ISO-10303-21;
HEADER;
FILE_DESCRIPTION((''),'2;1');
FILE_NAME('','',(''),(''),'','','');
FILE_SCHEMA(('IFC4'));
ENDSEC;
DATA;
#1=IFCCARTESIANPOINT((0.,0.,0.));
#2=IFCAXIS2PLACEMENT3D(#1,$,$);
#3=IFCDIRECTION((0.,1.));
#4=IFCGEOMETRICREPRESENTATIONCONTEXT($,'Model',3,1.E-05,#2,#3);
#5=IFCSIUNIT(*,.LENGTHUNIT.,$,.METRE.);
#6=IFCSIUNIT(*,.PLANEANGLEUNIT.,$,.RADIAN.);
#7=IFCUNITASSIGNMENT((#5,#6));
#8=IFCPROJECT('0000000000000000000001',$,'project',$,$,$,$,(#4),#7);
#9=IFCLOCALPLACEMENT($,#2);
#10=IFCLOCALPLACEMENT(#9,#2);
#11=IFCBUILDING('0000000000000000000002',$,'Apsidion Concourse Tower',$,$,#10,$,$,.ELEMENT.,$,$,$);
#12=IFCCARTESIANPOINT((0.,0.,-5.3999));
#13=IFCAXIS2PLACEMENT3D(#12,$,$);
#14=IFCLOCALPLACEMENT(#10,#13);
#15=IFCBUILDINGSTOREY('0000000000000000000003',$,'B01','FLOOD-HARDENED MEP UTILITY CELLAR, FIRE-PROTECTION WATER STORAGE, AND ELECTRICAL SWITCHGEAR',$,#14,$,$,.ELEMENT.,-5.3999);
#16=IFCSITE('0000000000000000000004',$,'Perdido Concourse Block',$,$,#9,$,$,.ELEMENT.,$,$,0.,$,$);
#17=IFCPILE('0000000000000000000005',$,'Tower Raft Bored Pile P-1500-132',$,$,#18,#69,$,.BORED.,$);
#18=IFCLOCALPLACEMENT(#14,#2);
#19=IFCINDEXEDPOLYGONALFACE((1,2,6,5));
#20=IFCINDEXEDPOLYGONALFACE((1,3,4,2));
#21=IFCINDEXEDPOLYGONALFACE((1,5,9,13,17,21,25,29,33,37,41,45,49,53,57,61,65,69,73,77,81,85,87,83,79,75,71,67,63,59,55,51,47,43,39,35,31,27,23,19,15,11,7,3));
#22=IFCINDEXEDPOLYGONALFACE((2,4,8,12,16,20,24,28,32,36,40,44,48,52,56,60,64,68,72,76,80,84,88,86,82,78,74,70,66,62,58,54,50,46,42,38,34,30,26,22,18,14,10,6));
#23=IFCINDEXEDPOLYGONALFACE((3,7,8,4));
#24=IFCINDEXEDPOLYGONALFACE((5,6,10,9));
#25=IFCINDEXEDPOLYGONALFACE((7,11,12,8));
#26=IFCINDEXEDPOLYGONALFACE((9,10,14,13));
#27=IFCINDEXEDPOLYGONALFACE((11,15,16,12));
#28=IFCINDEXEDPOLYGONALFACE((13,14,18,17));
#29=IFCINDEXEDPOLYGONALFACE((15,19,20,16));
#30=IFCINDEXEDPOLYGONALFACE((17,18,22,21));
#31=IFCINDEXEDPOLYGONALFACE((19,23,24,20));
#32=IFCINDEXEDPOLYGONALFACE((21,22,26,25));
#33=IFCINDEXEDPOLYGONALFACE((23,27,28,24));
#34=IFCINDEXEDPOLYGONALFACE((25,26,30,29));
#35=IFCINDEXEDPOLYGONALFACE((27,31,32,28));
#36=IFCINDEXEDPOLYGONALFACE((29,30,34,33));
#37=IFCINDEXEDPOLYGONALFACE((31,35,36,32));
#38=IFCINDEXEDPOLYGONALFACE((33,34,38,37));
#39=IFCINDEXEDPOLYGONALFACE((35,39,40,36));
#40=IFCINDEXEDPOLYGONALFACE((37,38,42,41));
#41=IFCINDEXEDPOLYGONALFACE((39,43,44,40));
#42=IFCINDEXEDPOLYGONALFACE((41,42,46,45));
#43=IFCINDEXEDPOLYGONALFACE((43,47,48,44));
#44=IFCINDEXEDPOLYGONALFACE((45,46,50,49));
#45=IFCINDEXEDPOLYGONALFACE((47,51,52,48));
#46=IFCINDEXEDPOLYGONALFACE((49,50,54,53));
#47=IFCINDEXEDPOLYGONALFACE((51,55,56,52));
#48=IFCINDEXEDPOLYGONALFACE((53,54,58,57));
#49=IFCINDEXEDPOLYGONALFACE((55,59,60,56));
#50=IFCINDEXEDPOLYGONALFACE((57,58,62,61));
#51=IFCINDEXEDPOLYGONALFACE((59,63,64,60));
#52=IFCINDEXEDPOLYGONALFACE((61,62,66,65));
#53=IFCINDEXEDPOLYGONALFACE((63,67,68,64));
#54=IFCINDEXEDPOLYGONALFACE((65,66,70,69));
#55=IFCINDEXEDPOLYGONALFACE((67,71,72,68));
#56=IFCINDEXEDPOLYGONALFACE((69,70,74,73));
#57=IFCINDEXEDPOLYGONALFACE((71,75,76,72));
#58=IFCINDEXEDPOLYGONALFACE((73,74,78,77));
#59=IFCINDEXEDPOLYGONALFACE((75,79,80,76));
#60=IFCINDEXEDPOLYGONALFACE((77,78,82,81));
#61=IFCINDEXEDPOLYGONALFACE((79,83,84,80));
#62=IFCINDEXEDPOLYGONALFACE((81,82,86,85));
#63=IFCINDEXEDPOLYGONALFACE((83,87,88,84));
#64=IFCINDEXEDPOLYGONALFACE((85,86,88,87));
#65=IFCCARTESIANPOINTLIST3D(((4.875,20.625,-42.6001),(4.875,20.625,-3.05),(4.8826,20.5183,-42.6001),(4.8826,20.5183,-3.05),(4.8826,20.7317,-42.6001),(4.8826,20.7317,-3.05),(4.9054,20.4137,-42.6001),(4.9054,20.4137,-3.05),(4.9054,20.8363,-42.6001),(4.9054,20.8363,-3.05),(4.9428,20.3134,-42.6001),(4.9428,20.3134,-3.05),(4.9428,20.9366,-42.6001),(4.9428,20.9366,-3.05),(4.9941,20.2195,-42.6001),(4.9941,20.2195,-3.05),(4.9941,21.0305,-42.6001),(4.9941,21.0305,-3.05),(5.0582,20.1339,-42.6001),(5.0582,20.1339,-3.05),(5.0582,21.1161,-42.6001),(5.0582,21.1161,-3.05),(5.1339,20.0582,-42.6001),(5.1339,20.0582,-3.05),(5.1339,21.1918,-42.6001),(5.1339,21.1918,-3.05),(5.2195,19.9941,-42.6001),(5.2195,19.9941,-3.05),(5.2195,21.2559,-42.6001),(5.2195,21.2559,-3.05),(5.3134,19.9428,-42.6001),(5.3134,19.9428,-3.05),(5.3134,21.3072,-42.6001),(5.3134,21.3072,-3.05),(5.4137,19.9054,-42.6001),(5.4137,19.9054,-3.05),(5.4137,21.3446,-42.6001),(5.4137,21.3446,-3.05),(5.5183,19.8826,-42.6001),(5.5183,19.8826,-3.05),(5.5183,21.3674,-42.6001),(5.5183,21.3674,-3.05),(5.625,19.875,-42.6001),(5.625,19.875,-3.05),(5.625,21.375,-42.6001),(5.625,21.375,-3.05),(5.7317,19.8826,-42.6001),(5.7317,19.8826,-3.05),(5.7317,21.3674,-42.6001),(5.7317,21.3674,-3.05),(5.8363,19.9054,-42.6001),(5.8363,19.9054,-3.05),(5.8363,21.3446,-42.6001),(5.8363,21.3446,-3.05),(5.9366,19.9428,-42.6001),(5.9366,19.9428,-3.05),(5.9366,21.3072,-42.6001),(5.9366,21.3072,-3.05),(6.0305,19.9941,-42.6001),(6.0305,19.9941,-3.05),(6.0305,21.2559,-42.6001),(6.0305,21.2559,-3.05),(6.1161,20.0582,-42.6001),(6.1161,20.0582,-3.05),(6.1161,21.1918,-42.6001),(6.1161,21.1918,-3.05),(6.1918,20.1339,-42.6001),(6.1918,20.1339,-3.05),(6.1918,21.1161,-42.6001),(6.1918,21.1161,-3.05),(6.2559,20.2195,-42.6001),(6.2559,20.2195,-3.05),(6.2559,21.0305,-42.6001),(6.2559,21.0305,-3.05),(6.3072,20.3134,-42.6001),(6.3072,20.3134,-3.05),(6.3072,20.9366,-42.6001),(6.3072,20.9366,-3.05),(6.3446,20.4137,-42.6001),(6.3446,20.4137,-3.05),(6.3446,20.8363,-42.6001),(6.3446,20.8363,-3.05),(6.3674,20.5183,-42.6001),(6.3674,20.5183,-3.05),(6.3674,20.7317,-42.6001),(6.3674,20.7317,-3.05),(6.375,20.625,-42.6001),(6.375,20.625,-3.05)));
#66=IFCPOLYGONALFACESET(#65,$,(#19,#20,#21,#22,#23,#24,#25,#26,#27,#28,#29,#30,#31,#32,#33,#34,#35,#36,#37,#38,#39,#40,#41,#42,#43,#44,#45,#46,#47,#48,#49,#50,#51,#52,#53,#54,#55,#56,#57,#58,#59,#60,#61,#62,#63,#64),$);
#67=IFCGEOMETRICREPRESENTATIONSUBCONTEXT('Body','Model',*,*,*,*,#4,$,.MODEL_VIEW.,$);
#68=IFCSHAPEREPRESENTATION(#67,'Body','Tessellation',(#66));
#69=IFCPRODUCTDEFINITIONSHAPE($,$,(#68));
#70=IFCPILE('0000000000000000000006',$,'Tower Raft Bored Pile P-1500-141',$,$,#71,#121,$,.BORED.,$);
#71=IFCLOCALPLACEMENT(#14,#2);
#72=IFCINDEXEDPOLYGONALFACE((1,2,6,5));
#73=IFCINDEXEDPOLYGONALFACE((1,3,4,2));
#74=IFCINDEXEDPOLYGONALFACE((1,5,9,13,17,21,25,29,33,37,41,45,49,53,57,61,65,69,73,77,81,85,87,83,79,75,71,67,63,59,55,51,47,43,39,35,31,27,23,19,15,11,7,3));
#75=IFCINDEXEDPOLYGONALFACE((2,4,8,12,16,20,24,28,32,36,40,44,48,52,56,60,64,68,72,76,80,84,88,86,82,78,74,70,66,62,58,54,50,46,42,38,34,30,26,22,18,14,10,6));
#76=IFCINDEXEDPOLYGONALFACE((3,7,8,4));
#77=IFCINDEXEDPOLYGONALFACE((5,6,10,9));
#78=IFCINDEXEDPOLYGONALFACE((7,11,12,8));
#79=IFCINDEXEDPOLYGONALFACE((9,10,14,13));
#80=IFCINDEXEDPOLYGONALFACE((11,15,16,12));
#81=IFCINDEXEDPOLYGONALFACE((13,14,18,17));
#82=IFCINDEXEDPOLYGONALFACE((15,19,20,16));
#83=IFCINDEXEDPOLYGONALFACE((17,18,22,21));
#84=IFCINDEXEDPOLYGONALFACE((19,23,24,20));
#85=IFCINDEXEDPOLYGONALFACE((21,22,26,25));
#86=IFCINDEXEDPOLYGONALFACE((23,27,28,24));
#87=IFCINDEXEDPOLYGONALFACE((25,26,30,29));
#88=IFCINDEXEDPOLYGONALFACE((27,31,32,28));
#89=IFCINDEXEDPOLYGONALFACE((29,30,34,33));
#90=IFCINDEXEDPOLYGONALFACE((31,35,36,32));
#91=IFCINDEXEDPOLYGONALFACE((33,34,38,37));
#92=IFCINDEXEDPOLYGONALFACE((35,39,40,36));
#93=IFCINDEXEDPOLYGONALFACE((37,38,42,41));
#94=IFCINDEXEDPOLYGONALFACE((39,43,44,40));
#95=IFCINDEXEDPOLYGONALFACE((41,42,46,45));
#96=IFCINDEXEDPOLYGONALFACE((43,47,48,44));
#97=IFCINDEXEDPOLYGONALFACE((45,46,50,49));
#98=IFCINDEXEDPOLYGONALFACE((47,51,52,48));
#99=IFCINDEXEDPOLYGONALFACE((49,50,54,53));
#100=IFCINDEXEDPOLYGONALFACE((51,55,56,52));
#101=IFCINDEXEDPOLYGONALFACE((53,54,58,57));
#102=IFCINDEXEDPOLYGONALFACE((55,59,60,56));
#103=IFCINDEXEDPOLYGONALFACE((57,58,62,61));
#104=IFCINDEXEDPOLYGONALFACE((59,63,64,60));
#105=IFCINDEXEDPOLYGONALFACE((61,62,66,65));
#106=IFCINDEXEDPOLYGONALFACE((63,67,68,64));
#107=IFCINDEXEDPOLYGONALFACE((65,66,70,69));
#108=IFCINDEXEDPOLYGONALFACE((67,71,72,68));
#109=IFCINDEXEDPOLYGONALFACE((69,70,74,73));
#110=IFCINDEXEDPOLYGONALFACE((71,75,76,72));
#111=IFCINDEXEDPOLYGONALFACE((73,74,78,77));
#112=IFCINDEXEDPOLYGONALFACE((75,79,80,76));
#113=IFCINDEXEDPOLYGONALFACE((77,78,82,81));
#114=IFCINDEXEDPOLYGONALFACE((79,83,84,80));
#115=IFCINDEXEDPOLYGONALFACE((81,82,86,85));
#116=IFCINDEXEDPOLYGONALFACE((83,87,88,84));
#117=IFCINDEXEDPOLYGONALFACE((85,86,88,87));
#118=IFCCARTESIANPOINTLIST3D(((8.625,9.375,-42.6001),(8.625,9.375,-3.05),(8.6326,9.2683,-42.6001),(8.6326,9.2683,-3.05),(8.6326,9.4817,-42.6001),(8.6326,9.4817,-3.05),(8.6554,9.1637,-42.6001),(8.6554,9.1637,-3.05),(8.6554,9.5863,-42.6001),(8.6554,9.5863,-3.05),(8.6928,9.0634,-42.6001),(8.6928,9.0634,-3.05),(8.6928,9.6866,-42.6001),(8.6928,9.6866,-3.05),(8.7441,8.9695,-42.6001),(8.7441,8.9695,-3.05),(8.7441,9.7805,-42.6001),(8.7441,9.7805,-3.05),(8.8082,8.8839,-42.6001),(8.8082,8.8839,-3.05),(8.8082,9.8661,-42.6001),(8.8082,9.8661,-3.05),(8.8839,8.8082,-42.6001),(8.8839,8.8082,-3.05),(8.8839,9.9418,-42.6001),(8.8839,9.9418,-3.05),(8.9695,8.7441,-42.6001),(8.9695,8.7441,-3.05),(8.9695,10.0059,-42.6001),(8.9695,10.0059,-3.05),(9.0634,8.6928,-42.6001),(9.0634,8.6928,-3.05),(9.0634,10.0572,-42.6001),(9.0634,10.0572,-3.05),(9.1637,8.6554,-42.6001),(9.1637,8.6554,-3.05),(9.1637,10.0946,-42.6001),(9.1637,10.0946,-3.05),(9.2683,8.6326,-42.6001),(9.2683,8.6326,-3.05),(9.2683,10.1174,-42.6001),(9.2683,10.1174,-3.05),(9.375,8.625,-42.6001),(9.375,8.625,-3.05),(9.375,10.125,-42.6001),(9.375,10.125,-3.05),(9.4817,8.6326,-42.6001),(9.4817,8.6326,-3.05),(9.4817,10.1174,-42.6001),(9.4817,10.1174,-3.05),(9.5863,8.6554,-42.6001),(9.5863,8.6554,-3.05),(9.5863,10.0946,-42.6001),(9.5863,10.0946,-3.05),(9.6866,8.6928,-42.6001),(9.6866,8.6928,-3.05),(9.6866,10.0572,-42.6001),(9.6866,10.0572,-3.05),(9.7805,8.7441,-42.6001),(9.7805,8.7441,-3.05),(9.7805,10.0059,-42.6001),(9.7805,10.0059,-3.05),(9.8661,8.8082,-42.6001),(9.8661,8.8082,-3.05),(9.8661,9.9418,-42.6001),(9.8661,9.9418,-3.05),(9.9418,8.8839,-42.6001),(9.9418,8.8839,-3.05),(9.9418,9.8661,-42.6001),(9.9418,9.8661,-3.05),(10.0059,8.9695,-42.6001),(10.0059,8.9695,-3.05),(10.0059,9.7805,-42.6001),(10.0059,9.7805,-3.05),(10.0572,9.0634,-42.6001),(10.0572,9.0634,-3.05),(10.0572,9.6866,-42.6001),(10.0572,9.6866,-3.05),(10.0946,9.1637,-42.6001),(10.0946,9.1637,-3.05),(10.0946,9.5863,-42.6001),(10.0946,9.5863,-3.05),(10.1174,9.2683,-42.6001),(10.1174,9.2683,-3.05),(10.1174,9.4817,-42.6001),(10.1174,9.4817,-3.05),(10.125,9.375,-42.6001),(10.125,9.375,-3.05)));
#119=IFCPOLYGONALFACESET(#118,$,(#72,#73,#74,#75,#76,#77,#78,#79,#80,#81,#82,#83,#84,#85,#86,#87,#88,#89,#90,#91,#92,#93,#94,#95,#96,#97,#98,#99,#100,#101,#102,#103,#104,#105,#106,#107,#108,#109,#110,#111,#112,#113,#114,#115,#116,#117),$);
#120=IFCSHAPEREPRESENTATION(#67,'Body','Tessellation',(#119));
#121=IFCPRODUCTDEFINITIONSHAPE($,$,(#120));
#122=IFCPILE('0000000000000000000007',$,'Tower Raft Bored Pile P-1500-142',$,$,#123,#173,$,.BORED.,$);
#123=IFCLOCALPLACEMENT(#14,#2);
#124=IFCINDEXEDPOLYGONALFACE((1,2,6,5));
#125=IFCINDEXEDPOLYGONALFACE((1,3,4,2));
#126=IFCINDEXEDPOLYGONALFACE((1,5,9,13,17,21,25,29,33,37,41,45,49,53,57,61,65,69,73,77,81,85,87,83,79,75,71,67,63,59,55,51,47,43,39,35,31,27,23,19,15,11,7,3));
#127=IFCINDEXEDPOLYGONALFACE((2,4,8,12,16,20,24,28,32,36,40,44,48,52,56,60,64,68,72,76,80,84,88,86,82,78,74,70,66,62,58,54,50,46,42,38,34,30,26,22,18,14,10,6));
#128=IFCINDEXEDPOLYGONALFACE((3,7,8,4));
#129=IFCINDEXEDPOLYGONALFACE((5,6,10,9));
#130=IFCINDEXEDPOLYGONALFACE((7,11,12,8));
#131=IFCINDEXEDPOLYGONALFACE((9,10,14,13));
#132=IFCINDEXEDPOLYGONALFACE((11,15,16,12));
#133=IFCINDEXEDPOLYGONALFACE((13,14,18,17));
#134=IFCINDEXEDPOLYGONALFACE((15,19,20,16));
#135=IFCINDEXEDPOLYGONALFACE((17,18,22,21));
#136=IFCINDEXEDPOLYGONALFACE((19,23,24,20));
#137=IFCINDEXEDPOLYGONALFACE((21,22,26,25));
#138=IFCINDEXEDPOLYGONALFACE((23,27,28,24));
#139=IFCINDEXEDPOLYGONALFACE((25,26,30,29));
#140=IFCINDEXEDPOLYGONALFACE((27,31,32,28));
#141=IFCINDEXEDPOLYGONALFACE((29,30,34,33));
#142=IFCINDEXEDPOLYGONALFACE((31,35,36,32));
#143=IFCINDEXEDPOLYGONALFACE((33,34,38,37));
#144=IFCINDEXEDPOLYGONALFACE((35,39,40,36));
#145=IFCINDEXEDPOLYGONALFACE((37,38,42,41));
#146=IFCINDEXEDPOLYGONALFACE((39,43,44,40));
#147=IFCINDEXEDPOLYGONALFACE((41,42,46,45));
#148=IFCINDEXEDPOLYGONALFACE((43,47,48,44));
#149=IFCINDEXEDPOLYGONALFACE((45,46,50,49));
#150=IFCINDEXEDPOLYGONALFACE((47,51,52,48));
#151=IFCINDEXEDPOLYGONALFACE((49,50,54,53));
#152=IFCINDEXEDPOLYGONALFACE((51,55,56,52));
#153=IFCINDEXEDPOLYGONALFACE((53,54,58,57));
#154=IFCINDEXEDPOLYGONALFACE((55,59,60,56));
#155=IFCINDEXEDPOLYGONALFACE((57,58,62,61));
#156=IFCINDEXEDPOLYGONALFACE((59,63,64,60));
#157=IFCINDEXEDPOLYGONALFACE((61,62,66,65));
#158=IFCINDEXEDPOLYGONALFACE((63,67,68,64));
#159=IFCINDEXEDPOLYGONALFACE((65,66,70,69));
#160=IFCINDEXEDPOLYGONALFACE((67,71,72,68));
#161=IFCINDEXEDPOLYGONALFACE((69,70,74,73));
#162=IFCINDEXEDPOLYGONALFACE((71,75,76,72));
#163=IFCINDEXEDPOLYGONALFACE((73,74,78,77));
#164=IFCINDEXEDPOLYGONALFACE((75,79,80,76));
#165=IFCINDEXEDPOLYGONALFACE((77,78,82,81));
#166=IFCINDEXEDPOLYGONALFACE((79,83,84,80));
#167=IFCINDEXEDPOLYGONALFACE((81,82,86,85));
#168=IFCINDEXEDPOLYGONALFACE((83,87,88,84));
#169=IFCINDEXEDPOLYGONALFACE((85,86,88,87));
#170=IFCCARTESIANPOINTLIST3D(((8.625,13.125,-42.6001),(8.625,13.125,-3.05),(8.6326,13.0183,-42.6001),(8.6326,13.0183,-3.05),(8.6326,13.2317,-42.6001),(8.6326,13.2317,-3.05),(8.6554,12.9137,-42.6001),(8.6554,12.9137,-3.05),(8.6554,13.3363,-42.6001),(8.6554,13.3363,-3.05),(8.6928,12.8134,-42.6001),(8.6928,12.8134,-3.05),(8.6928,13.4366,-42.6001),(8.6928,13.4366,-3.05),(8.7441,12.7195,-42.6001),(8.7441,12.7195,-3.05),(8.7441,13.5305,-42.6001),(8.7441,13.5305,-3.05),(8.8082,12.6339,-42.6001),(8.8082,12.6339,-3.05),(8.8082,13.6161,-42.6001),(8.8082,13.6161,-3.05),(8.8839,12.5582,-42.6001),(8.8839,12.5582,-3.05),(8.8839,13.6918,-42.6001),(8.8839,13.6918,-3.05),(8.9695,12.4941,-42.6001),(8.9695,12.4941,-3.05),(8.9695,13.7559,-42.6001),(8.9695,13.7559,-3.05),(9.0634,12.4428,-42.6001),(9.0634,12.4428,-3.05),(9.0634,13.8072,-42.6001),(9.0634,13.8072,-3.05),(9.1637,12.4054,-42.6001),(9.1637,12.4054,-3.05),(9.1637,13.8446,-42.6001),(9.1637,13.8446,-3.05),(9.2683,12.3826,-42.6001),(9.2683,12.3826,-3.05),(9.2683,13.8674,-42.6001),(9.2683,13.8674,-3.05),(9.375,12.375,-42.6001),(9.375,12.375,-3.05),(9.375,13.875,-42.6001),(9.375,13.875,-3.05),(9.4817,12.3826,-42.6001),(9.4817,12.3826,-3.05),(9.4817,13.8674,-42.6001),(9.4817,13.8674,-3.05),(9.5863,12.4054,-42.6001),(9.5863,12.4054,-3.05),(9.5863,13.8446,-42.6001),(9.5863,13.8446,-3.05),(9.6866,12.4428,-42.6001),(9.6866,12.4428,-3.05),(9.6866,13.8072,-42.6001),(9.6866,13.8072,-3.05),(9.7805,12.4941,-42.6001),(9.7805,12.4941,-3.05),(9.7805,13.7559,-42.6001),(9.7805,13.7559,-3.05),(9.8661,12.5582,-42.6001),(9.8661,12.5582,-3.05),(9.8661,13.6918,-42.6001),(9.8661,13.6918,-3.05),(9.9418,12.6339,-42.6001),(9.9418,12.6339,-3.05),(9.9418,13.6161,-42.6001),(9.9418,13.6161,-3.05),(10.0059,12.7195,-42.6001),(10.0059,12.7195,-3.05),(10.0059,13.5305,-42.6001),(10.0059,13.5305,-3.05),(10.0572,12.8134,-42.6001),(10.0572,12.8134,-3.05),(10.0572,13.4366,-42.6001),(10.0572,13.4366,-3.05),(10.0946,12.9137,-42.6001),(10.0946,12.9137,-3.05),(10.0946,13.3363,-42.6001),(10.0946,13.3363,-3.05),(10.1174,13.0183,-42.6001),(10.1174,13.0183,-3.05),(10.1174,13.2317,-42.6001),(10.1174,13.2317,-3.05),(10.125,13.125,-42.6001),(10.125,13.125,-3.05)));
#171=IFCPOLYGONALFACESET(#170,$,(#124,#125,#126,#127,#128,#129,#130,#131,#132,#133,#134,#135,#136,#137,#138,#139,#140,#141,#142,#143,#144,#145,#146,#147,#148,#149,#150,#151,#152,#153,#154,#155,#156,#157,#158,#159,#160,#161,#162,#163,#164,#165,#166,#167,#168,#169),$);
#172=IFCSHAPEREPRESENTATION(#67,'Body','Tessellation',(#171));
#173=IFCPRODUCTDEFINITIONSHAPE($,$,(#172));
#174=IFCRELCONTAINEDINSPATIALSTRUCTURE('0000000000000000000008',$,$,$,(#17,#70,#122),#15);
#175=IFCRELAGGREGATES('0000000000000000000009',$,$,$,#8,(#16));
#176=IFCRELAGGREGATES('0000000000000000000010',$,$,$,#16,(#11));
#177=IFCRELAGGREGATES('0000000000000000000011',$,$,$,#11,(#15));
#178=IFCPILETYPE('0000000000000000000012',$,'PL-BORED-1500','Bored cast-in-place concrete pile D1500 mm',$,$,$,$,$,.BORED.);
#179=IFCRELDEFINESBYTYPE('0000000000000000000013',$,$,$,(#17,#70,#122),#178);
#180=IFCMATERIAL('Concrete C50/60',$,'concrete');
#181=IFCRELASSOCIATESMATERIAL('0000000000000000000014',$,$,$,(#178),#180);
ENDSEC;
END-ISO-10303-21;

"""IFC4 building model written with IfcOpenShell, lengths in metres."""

from ifc_helpers import new_model, si_unit, direction, frame, origin, origin_2d, place, context, subcontext, project, spatial, circle, extrude, material, material_profile, profile_set, type_object, element, save


model = new_model("IFC4")

# Units and contexts
model_context = context("Model", 3, precision=1e-05, world=origin(), true_north=direction((0.0, 1.0)))
body_context = subcontext(model_context, "Body", "Model", "MODEL_VIEW")
ifc_project = project(units=[si_unit("LENGTHUNIT", "METRE"), si_unit("PLANEANGLEUNIT", "RADIAN")], contexts=[model_context])

# Site, building, storey
site_placement = place(None, origin())
site = spatial("IfcSite", under=ifc_project, at=site_placement, Name="Perdido Concourse Block", CompositionType="ELEMENT", RefElevation=0.0)
building_placement = place(site_placement, origin())
building = spatial("IfcBuilding", under=site, at=building_placement, Name="Apsidion Concourse Tower", CompositionType="ELEMENT")
storey_placement = place(building_placement, frame((0.0, 0.0, -5.3999)))
storey = spatial("IfcBuildingStorey", under=building, at=storey_placement, Name="B01", Description="FLOOD-HARDENED MEP UTILITY CELLAR, FIRE-PROTECTION WATER STORAGE, AND ELECTRICAL SWITCHGEAR", CompositionType="ELEMENT", Elevation=-5.3999)

# Shared definitions
ifc_material_1 = material(Name="Concrete C50/60", Category="concrete")

# Piles
ifc_material_profile_1 = material_profile(ifc_material_1, circle(Radius=0.75, at=origin_2d()), Name="BORED PILE D1500")
ifc_profile_set_1 = profile_set([ifc_material_profile_1], Name="Concrete C50/60")
pile_type_1 = type_object("IfcPileType", Name="PL-BORED-1500", Description="Bored cast-in-place concrete pile D1500 mm", PredefinedType="BORED", material=ifc_profile_set_1)
for number, where, z_axis, x_axis, name in (
    (1, (5.625, 20.625, -3.05), (0.0, 0.0, -1.0), (1.0, 0.0, 0.0), "Tower Raft Bored Pile P-1500-132"),
    (2, (9.375, 9.375, -3.05), (0.0, 0.0, -1.0), (1.0, 0.0, 0.0), "Tower Raft Bored Pile P-1500-141"),
    (3, (9.375, 13.125, -3.05), (0.0, 0.0, -1.0), (1.0, 0.0, 0.0), "Tower Raft Bored Pile P-1500-142"),
):
    element("IfcPile", number, at=place(storey_placement, frame(where, z_axis=z_axis, x_axis=x_axis)), inside=storey, type_object=pile_type_1, Name=name, PredefinedType="BORED", context=body_context, shape_type="SweptSolid", body=[
        extrude(circle(Radius=0.75, at=origin_2d()), origin(), (0.0, 0.0, 1.0), 39.55),
    ])

save(model, "model.ifc")
